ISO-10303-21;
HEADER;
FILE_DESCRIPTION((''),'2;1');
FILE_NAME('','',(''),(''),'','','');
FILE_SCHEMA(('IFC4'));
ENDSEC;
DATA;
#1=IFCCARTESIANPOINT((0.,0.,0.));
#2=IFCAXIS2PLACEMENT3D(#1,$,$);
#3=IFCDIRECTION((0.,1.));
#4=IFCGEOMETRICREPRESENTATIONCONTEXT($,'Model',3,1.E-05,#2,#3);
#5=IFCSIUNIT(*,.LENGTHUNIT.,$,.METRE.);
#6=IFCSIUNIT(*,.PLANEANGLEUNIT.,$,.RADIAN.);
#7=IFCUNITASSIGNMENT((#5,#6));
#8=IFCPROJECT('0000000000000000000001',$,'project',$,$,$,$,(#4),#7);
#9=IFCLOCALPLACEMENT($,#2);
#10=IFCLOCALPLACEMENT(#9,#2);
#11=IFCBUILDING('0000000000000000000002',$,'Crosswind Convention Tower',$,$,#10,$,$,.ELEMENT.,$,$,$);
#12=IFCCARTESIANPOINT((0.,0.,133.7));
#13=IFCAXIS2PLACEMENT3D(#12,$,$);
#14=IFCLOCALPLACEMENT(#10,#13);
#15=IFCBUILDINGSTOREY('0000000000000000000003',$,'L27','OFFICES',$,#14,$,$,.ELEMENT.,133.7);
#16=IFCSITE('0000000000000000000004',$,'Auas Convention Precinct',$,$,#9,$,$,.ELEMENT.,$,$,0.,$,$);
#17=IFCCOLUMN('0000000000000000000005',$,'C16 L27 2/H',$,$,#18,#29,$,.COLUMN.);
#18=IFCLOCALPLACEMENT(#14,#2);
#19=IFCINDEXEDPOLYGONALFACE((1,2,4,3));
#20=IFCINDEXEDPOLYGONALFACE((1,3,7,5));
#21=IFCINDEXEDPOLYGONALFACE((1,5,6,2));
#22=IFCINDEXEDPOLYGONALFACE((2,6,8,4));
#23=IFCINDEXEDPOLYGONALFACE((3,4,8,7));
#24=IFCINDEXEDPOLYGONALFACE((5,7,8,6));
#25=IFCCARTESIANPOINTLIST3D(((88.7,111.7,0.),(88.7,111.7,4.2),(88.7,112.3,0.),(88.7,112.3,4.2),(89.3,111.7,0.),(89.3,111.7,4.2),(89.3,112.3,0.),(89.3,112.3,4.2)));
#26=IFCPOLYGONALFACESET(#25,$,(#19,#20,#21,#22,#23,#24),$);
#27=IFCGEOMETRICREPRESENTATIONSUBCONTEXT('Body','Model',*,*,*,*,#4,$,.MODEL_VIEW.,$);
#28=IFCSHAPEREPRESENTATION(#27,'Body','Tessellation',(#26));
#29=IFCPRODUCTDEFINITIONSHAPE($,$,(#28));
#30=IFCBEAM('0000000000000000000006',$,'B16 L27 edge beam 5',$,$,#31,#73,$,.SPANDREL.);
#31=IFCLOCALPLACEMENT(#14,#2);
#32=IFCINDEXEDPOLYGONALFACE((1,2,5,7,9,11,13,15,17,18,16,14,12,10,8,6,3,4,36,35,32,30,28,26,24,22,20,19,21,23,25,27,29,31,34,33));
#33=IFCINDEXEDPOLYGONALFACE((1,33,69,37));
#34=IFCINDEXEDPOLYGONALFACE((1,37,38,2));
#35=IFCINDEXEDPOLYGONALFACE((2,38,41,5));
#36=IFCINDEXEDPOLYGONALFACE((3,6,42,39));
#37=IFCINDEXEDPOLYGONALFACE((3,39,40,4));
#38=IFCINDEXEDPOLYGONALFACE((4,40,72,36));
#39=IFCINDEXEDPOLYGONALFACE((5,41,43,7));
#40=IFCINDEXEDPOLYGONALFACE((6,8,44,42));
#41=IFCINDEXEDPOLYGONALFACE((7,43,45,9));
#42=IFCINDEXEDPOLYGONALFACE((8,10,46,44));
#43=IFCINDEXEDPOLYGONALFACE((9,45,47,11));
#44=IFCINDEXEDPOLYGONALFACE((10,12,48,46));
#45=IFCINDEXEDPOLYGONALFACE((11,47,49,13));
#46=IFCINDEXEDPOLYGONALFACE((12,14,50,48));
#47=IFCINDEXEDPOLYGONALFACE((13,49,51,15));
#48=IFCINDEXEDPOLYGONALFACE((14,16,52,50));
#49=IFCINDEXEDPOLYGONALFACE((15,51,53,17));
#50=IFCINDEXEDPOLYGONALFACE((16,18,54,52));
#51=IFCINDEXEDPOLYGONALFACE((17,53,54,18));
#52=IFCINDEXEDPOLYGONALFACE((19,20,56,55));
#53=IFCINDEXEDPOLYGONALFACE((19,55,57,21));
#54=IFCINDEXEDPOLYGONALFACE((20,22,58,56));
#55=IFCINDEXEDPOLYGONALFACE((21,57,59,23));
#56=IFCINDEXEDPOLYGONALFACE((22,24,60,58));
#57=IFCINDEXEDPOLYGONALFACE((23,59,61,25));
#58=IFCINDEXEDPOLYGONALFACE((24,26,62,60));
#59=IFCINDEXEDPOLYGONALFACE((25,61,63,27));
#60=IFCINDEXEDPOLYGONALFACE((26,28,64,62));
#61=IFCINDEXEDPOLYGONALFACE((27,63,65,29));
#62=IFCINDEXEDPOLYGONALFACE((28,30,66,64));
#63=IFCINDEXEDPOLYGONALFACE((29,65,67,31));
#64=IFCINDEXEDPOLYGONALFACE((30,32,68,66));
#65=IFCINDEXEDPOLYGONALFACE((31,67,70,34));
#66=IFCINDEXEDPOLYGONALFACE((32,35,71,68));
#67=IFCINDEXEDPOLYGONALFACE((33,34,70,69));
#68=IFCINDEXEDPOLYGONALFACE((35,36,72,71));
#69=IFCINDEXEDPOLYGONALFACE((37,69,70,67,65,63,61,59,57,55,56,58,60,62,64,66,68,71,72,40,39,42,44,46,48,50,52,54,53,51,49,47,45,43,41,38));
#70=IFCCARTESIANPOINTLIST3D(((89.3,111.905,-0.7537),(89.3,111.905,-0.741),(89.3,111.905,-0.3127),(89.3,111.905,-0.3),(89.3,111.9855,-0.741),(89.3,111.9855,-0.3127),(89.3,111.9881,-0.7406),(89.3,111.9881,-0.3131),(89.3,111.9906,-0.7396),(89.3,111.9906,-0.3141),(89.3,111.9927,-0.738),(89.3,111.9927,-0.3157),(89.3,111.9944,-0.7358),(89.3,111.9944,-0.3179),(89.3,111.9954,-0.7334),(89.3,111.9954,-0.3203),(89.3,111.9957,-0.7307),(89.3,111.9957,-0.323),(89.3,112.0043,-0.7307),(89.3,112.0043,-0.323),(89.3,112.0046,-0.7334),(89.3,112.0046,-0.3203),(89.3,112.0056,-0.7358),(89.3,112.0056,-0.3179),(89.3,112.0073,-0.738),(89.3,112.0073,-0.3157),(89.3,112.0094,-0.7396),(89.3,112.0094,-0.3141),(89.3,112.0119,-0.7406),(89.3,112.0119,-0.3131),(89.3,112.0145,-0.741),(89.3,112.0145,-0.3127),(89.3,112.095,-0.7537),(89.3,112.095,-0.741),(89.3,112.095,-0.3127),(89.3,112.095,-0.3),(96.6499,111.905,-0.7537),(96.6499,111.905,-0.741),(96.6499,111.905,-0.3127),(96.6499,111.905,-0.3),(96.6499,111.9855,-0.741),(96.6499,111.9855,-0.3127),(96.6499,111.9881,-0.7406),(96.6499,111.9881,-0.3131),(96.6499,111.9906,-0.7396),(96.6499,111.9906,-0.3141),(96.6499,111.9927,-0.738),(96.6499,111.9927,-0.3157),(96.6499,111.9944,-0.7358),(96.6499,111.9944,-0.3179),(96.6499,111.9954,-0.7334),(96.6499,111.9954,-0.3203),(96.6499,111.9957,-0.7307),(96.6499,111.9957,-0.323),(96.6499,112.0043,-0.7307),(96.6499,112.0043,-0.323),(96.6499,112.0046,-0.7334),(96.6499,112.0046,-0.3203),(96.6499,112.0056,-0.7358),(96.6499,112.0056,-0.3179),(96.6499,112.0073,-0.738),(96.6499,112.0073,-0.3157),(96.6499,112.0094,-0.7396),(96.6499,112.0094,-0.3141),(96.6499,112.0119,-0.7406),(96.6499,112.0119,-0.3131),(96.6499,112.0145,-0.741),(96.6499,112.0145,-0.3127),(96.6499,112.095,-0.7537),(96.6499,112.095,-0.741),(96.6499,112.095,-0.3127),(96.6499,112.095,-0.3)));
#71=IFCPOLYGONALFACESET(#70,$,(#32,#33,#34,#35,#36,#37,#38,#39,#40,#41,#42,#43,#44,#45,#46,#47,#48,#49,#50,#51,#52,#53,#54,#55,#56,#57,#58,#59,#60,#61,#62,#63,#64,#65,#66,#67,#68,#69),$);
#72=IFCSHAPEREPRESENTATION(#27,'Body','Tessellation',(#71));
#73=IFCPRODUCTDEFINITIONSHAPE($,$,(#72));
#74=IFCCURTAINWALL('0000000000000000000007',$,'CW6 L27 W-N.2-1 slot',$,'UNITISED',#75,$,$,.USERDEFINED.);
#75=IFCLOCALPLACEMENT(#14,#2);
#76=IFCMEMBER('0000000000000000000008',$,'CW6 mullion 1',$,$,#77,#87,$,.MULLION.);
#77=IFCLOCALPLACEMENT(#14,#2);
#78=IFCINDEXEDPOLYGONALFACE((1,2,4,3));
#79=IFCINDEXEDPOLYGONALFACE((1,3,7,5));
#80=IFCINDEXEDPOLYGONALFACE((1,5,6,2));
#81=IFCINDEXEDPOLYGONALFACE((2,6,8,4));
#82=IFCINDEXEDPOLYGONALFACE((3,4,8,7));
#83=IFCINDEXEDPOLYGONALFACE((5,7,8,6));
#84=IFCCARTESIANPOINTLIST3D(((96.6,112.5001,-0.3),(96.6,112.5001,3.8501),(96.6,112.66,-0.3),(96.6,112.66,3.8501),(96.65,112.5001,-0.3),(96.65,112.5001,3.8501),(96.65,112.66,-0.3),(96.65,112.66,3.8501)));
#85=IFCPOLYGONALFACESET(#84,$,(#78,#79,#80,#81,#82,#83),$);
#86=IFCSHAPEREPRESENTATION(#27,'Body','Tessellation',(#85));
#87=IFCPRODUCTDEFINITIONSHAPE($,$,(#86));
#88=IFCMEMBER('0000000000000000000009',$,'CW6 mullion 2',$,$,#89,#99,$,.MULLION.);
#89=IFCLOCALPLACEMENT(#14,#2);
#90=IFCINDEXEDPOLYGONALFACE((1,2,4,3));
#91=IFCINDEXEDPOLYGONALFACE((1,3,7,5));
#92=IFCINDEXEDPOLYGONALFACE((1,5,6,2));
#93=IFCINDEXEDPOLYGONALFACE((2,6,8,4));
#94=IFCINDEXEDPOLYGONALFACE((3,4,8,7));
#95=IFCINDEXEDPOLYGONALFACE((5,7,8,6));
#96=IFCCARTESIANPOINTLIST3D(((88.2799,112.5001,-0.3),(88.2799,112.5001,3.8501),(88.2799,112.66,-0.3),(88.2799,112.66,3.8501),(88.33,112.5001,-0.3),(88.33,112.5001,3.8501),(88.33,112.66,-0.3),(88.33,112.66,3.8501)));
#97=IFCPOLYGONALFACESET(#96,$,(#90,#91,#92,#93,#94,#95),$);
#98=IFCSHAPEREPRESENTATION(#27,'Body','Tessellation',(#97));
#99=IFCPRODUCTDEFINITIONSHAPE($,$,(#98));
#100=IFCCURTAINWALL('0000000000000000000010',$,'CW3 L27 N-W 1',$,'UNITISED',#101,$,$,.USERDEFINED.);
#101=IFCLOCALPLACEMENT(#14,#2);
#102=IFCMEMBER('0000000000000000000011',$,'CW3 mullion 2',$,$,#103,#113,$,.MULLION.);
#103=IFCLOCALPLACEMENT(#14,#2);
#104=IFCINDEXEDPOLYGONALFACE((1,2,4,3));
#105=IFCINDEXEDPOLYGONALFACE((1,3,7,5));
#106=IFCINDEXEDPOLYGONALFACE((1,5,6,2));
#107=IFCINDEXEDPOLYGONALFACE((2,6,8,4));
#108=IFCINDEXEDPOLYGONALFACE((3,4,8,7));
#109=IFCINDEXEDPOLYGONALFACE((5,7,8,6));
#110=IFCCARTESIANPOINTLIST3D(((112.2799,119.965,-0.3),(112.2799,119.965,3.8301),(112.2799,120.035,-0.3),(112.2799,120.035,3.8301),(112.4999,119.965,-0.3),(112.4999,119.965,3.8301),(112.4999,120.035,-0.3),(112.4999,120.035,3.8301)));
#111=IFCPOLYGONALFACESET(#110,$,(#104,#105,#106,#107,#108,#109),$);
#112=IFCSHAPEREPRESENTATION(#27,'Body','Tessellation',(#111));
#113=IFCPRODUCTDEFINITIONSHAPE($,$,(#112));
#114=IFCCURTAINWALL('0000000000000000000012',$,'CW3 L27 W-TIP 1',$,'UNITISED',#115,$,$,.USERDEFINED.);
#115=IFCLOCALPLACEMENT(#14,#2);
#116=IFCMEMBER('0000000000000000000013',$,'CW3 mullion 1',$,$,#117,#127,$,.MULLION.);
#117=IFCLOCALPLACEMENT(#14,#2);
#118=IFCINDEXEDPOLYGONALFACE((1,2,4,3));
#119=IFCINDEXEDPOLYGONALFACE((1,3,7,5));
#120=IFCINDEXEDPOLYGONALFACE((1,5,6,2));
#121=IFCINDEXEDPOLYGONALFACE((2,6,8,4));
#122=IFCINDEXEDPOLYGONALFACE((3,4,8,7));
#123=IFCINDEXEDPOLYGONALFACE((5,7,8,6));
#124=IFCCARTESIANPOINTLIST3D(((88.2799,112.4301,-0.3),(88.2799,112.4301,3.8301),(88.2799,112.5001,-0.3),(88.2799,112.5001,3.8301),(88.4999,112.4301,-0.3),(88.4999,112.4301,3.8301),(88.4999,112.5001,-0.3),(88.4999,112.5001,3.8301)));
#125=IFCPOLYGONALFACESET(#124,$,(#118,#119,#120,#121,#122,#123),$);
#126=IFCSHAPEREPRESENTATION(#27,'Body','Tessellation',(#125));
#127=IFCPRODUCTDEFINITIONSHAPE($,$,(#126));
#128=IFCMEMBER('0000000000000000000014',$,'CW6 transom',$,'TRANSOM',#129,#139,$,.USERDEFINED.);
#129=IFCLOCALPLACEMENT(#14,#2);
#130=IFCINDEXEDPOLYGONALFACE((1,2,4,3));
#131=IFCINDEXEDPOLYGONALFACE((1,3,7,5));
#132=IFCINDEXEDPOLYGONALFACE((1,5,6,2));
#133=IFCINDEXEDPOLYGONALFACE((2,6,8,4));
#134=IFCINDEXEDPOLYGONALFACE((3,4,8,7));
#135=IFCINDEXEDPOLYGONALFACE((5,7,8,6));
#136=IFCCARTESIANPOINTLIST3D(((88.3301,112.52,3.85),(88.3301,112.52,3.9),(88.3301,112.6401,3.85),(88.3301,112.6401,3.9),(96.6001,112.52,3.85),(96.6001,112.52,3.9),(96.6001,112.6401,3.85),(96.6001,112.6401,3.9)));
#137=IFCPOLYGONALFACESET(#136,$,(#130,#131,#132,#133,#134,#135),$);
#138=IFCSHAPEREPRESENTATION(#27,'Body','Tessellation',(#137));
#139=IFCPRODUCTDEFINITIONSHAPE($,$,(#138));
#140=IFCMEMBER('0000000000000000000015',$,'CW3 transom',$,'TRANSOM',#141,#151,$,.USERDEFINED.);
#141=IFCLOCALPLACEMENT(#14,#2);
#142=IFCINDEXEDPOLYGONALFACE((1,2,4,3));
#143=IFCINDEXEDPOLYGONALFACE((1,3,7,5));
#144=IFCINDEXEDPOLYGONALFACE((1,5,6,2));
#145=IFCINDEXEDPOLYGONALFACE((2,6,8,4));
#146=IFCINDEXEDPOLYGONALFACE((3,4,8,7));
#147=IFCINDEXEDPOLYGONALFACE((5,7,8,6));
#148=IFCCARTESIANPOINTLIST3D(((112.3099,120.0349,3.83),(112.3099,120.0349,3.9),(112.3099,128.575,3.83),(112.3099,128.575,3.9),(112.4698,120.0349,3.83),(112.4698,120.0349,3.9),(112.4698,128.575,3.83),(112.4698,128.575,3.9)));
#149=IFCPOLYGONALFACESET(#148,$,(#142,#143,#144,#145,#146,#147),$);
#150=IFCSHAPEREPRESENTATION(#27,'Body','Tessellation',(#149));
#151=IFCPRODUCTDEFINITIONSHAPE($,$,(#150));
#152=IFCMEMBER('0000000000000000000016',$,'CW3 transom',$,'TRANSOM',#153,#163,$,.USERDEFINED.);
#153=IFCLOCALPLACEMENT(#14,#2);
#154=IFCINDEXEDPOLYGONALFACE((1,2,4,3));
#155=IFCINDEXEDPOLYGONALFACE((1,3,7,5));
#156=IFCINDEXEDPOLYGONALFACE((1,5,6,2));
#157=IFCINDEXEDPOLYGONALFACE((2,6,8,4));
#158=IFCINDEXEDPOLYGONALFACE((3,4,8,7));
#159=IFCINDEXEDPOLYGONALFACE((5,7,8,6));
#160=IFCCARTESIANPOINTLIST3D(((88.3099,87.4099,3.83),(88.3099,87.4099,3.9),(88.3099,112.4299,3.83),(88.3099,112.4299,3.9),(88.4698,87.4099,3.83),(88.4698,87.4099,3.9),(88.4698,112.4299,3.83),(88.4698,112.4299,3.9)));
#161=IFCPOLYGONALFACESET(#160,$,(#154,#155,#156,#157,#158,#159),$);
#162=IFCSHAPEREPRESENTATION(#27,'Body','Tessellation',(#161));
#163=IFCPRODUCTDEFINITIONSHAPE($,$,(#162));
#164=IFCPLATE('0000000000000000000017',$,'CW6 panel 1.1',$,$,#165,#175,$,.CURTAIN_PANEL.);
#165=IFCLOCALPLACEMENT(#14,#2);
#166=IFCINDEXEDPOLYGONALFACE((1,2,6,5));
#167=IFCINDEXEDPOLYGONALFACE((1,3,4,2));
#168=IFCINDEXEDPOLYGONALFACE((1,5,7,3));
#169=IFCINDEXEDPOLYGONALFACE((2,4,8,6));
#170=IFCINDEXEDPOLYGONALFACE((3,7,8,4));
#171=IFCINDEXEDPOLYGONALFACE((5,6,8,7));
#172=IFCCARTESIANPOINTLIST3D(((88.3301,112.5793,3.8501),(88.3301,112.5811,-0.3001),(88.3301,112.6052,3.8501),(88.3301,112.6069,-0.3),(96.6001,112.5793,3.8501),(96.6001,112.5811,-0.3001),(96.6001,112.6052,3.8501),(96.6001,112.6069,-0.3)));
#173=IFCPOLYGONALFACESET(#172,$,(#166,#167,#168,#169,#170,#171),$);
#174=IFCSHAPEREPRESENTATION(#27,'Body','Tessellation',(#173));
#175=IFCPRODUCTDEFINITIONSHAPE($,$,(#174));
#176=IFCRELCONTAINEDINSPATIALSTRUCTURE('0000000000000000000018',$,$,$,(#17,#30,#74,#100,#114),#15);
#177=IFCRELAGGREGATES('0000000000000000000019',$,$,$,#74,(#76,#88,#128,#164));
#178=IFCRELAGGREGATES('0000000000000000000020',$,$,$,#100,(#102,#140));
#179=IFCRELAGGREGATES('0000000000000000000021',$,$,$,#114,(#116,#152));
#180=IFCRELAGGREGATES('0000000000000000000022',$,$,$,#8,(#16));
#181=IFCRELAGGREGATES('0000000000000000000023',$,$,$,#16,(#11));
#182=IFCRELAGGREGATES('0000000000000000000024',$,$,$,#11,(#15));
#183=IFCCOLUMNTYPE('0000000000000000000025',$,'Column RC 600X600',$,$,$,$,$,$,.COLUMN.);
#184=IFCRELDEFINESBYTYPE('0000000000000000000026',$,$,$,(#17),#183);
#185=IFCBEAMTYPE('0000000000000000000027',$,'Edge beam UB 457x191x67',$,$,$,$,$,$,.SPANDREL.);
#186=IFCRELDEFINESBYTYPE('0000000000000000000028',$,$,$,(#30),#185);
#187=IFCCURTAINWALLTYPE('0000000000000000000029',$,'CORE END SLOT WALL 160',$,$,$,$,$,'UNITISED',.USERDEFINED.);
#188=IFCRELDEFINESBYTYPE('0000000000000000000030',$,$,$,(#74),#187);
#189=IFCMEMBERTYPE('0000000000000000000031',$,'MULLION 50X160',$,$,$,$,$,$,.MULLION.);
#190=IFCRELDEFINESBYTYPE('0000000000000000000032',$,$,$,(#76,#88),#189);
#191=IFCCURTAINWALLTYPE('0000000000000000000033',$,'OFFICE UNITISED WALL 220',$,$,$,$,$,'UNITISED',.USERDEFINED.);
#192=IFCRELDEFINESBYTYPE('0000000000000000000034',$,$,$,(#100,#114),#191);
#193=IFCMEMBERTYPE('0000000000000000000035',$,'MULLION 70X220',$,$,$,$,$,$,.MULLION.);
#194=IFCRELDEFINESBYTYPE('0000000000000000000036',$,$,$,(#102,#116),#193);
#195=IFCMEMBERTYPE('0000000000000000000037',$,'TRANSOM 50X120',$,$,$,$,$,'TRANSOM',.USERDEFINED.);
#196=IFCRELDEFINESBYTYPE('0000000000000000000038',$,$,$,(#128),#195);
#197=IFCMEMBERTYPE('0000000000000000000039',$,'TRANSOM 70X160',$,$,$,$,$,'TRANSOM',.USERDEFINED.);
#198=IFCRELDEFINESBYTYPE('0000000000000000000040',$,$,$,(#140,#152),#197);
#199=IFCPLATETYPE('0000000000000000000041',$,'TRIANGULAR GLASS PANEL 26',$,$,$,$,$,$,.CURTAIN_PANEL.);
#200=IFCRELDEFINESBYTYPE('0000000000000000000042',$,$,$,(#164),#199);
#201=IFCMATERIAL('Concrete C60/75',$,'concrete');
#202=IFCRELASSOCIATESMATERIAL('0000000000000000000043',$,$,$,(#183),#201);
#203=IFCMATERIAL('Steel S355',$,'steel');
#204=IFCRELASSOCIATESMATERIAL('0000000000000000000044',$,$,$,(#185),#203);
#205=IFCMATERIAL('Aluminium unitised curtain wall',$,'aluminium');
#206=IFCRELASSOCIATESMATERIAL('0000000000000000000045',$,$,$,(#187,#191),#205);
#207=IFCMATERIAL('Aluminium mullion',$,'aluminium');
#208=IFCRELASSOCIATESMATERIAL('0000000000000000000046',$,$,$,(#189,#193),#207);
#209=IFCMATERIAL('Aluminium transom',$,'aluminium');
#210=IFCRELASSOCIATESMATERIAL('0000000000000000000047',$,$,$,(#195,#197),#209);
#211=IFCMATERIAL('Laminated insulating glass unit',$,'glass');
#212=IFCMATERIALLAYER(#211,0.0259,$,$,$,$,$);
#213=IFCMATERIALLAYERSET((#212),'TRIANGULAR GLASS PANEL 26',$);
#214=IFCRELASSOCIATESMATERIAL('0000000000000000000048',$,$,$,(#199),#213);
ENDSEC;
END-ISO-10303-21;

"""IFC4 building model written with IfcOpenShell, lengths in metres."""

from ifc_helpers import new_model, si_unit, direction, frame, origin, origin_2d, place, context, subcontext, project, spatial, polyline, rectangle, i_section, outline, extrude, material, layer, layer_set, material_profile, profile_set, type_object, element, aggregate, save


model = new_model("IFC4")

# Units and contexts
model_context = context("Model", 3, precision=1e-05, world=origin(), true_north=direction((0.0, 1.0)))
body_context = subcontext(model_context, "Body", "Model", "MODEL_VIEW")
ifc_project = project(units=[si_unit("LENGTHUNIT", "METRE"), si_unit("PLANEANGLEUNIT", "RADIAN")], contexts=[model_context])

# Site, building, storey
site_placement = place(None, origin())
site = spatial("IfcSite", under=ifc_project, at=site_placement, Name="Auas Convention Precinct", CompositionType="ELEMENT", RefElevation=0.0)
building_placement = place(site_placement, origin())
building = spatial("IfcBuilding", under=site, at=building_placement, Name="Crosswind Convention Tower", CompositionType="ELEMENT")
storey_placement = place(building_placement, frame((0.0, 0.0, 133.7)))
storey = spatial("IfcBuildingStorey", under=building, at=storey_placement, Name="L27", Description="OFFICES", CompositionType="ELEMENT", Elevation=133.7)

# Column
ifc_material_1 = material(Name="Concrete C60/75", Category="concrete")
ifc_material_profile_1 = material_profile(ifc_material_1, rectangle(XDim=0.6001, YDim=0.6001, at=origin_2d()), Name="RC 600X600")
ifc_profile_set_1 = profile_set([ifc_material_profile_1], Name="Concrete C60/75")
column_type = type_object("IfcColumnType", Name="Column RC 600X600", PredefinedType="COLUMN", material=ifc_profile_set_1)
column_placement = place(storey_placement, frame((89.0, 112.0, 0.0), z_axis=(0.0, 0.0, 1.0), x_axis=(1.0, 0.0, 0.0)))
element("IfcColumn", 1, at=column_placement, inside=storey, type_object=column_type, Name="C16 L27 2/H", PredefinedType="COLUMN", context=body_context, shape_type="SweptSolid", body=[
    extrude(rectangle(XDim=0.6001, YDim=0.6001, at=origin_2d()), origin(), (0.0, 0.0, 1.0), 4.2),
])

# Beam
ifc_material_2 = material(Name="Steel S355", Category="steel")
ifc_material_profile_2 = material_profile(ifc_material_2, i_section(OverallWidth=0.1899, OverallDepth=0.4536, WebThickness=0.0085, FlangeThickness=0.0127, FilletRadius=0.0103, at=origin_2d()), Name="UB 457x191x67")
ifc_profile_set_2 = profile_set([ifc_material_profile_2], Name="Steel S355")
beam_type = type_object("IfcBeamType", Name="Edge beam UB 457x191x67", PredefinedType="SPANDREL", material=ifc_profile_set_2)
beam_placement = place(storey_placement, frame((89.3, 112.0, -0.5269), z_axis=(1.0, 0.0, 0.0), x_axis=(0.0, 1.0, 0.0)))
element("IfcBeam", 2, at=beam_placement, inside=storey, type_object=beam_type, Name="B16 L27 edge beam 5", PredefinedType="SPANDREL", context=body_context, shape_type="SweptSolid", body=[
    extrude(i_section(OverallWidth=0.1899, OverallDepth=0.4536, WebThickness=0.0085, FlangeThickness=0.0127, FilletRadius=0.0103, at=origin_2d()), origin(), (0.0, 0.0, 1.0), 7.3499),
])

# Curtain wall, members
ifc_material_3 = material(Name="Aluminium unitised curtain wall", Category="aluminium")
curtain_wall_type_1 = type_object("IfcCurtainWallType", Name="CORE END SLOT WALL 160", ElementType="UNITISED", PredefinedType="USERDEFINED", material=ifc_material_3)
curtain_wall_1_placement = place(storey_placement, origin())
curtain_wall_1 = element("IfcCurtainWall", 3, at=curtain_wall_1_placement, inside=storey, type_object=curtain_wall_type_1, Name="CW6 L27 W-N.2-1 slot", ObjectType="UNITISED", PredefinedType="USERDEFINED")
ifc_material_4 = material(Name="Aluminium mullion", Category="aluminium")
ifc_material_profile_3 = material_profile(ifc_material_4, rectangle(XDim=0.1599, YDim=0.05, at=origin_2d()), Name="AL 160X50")
ifc_profile_set_3 = profile_set([ifc_material_profile_3], Name="Aluminium mullion")
member_type_1 = type_object("IfcMemberType", Name="MULLION 50X160", PredefinedType="MULLION", material=ifc_profile_set_3)
member_1_placement = place(storey_placement, frame((96.625, 112.5801, -0.3), z_axis=(0.0, 0.0, 1.0), x_axis=(0.0, 1.0, 0.0)))
member_1 = element("IfcMember", 4, at=member_1_placement, type_object=member_type_1, Name="CW6 mullion 1", PredefinedType="MULLION", context=body_context, shape_type="SweptSolid", body=[
    extrude(rectangle(XDim=0.1599, YDim=0.05, at=origin_2d()), origin(), (0.0, 0.0, 1.0), 4.1501),
])
member_2_placement = place(storey_placement, frame((88.3049, 112.5801, -0.3), z_axis=(0.0, 0.0, 1.0), x_axis=(0.0, 1.0, 0.0)))
member_2 = element("IfcMember", 5, at=member_2_placement, type_object=member_type_1, Name="CW6 mullion 2", PredefinedType="MULLION", context=body_context, shape_type="SweptSolid", body=[
    extrude(rectangle(XDim=0.1599, YDim=0.05, at=origin_2d()), origin(), (0.0, 0.0, 1.0), 4.1501),
])

# Curtain walls, members
curtain_wall_type_2 = type_object("IfcCurtainWallType", Name="OFFICE UNITISED WALL 220", ElementType="UNITISED", PredefinedType="USERDEFINED", material=ifc_material_3)
curtain_wall_2_placement = place(storey_placement, origin())
curtain_wall_2 = element("IfcCurtainWall", 6, at=curtain_wall_2_placement, inside=storey, type_object=curtain_wall_type_2, Name="CW3 L27 N-W 1", ObjectType="UNITISED", PredefinedType="USERDEFINED")
ifc_material_profile_4 = material_profile(ifc_material_4, rectangle(XDim=0.22, YDim=0.0701, at=origin_2d()), Name="AL 220X70")
ifc_profile_set_4 = profile_set([ifc_material_profile_4], Name="Aluminium mullion")
member_type_2 = type_object("IfcMemberType", Name="MULLION 70X220", PredefinedType="MULLION", material=ifc_profile_set_4)
member_3_placement = place(storey_placement, frame((112.3899, 120.0, -0.3), z_axis=(0.0, 0.0, 1.0), x_axis=(-1.0, 0.0, 0.0)))
member_3 = element("IfcMember", 7, at=member_3_placement, type_object=member_type_2, Name="CW3 mullion 2", PredefinedType="MULLION", context=body_context, shape_type="SweptSolid", body=[
    extrude(rectangle(XDim=0.22, YDim=0.0701, at=origin_2d()), origin(), (0.0, 0.0, 1.0), 4.1301),
])
curtain_wall_3_placement = place(storey_placement, origin())
curtain_wall_3 = element("IfcCurtainWall", 8, at=curtain_wall_3_placement, inside=storey, type_object=curtain_wall_type_2, Name="CW3 L27 W-TIP 1", ObjectType="UNITISED", PredefinedType="USERDEFINED")
member_4_placement = place(storey_placement, frame((88.3899, 112.4651, -0.3), z_axis=(0.0, 0.0, 1.0), x_axis=(-1.0, 0.0, 0.0)))
member_4 = element("IfcMember", 9, at=member_4_placement, type_object=member_type_2, Name="CW3 mullion 1", PredefinedType="MULLION", context=body_context, shape_type="SweptSolid", body=[
    extrude(rectangle(XDim=0.22, YDim=0.0701, at=origin_2d()), origin(), (0.0, 0.0, 1.0), 4.1301),
])

# Members
ifc_material_5 = material(Name="Aluminium transom", Category="aluminium")
ifc_material_profile_5 = material_profile(ifc_material_5, rectangle(XDim=0.1201, YDim=0.05, at=origin_2d()), Name="AL 120X50")
ifc_profile_set_5 = profile_set([ifc_material_profile_5], Name="Aluminium transom")
member_type_3 = type_object("IfcMemberType", Name="TRANSOM 50X120", ElementType="TRANSOM", PredefinedType="USERDEFINED", material=ifc_profile_set_5)
member_5_placement = place(storey_placement, frame((96.6001, 112.5801, 3.875), z_axis=(-1.0, 0.0, 0.0), x_axis=(0.0, -1.0, 0.0)))
member_5 = element("IfcMember", 10, at=member_5_placement, type_object=member_type_3, Name="CW6 transom", ObjectType="TRANSOM", PredefinedType="USERDEFINED", context=body_context, shape_type="SweptSolid", body=[
    extrude(rectangle(XDim=0.1201, YDim=0.05, at=origin_2d()), origin(), (0.0, 0.0, 1.0), 8.27),
])
ifc_material_profile_6 = material_profile(ifc_material_5, rectangle(XDim=0.1599, YDim=0.0701, at=origin_2d()), Name="AL 160X70")
ifc_profile_set_6 = profile_set([ifc_material_profile_6], Name="Aluminium transom")
member_type_4 = type_object("IfcMemberType", Name="TRANSOM 70X160", ElementType="TRANSOM", PredefinedType="USERDEFINED", material=ifc_profile_set_6)
member_6_placement = place(storey_placement, frame((112.3899, 128.575, 3.865), z_axis=(0.0, -1.0, 0.0), x_axis=(1.0, 0.0, 0.0)))
member_6 = element("IfcMember", 11, at=member_6_placement, type_object=member_type_4, Name="CW3 transom", ObjectType="TRANSOM", PredefinedType="USERDEFINED", context=body_context, shape_type="SweptSolid", body=[
    extrude(rectangle(XDim=0.1599, YDim=0.0701, at=origin_2d()), origin(), (0.0, 0.0, 1.0), 8.54),
])
member_7_placement = place(storey_placement, frame((88.3899, 112.4299, 3.865), z_axis=(0.0, -1.0, 0.0), x_axis=(1.0, 0.0, 0.0)))
member_7 = element("IfcMember", 12, at=member_7_placement, type_object=member_type_4, Name="CW3 transom", ObjectType="TRANSOM", PredefinedType="USERDEFINED", context=body_context, shape_type="SweptSolid", body=[
    extrude(rectangle(XDim=0.1599, YDim=0.0701, at=origin_2d()), origin(), (0.0, 0.0, 1.0), 25.02),
])

# Plate
ifc_material_6 = material(Name="Laminated insulating glass unit", Category="glass")
ifc_layer_1 = layer(ifc_material_6, 0.0259)
ifc_layer_set_1 = layer_set([ifc_layer_1], Name="TRIANGULAR GLASS PANEL 26")
plate_type_1 = type_object("IfcPlateType", Name="TRIANGULAR GLASS PANEL 26", PredefinedType="CURTAIN_PANEL", material=ifc_layer_set_1)
plate_1_placement = place(storey_placement, frame((96.6001, 112.6069, -0.3), z_axis=(0.0, 1.0, 0.000412), x_axis=(-1.0, 0.0, 0.0)))
plate_1 = element("IfcPlate", 13, at=plate_1_placement, type_object=plate_type_1, Name="CW6 panel 1.1", PredefinedType="CURTAIN_PANEL", context=body_context, shape_type="SweptSolid", body=[
    extrude(outline(polyline([(0.0, 0.0), (8.27, 0.0), (8.27, 4.1501), (0.0, 4.1501), (0.0, 0.0)])), origin(), (0.0, 0.0, -1.0), 0.0259),
])
aggregate(curtain_wall_1, [member_1, member_2, member_5, plate_1])

aggregate(curtain_wall_2, [member_3, member_6])
aggregate(curtain_wall_3, [member_4, member_7])

save(model, "model.ifc")
